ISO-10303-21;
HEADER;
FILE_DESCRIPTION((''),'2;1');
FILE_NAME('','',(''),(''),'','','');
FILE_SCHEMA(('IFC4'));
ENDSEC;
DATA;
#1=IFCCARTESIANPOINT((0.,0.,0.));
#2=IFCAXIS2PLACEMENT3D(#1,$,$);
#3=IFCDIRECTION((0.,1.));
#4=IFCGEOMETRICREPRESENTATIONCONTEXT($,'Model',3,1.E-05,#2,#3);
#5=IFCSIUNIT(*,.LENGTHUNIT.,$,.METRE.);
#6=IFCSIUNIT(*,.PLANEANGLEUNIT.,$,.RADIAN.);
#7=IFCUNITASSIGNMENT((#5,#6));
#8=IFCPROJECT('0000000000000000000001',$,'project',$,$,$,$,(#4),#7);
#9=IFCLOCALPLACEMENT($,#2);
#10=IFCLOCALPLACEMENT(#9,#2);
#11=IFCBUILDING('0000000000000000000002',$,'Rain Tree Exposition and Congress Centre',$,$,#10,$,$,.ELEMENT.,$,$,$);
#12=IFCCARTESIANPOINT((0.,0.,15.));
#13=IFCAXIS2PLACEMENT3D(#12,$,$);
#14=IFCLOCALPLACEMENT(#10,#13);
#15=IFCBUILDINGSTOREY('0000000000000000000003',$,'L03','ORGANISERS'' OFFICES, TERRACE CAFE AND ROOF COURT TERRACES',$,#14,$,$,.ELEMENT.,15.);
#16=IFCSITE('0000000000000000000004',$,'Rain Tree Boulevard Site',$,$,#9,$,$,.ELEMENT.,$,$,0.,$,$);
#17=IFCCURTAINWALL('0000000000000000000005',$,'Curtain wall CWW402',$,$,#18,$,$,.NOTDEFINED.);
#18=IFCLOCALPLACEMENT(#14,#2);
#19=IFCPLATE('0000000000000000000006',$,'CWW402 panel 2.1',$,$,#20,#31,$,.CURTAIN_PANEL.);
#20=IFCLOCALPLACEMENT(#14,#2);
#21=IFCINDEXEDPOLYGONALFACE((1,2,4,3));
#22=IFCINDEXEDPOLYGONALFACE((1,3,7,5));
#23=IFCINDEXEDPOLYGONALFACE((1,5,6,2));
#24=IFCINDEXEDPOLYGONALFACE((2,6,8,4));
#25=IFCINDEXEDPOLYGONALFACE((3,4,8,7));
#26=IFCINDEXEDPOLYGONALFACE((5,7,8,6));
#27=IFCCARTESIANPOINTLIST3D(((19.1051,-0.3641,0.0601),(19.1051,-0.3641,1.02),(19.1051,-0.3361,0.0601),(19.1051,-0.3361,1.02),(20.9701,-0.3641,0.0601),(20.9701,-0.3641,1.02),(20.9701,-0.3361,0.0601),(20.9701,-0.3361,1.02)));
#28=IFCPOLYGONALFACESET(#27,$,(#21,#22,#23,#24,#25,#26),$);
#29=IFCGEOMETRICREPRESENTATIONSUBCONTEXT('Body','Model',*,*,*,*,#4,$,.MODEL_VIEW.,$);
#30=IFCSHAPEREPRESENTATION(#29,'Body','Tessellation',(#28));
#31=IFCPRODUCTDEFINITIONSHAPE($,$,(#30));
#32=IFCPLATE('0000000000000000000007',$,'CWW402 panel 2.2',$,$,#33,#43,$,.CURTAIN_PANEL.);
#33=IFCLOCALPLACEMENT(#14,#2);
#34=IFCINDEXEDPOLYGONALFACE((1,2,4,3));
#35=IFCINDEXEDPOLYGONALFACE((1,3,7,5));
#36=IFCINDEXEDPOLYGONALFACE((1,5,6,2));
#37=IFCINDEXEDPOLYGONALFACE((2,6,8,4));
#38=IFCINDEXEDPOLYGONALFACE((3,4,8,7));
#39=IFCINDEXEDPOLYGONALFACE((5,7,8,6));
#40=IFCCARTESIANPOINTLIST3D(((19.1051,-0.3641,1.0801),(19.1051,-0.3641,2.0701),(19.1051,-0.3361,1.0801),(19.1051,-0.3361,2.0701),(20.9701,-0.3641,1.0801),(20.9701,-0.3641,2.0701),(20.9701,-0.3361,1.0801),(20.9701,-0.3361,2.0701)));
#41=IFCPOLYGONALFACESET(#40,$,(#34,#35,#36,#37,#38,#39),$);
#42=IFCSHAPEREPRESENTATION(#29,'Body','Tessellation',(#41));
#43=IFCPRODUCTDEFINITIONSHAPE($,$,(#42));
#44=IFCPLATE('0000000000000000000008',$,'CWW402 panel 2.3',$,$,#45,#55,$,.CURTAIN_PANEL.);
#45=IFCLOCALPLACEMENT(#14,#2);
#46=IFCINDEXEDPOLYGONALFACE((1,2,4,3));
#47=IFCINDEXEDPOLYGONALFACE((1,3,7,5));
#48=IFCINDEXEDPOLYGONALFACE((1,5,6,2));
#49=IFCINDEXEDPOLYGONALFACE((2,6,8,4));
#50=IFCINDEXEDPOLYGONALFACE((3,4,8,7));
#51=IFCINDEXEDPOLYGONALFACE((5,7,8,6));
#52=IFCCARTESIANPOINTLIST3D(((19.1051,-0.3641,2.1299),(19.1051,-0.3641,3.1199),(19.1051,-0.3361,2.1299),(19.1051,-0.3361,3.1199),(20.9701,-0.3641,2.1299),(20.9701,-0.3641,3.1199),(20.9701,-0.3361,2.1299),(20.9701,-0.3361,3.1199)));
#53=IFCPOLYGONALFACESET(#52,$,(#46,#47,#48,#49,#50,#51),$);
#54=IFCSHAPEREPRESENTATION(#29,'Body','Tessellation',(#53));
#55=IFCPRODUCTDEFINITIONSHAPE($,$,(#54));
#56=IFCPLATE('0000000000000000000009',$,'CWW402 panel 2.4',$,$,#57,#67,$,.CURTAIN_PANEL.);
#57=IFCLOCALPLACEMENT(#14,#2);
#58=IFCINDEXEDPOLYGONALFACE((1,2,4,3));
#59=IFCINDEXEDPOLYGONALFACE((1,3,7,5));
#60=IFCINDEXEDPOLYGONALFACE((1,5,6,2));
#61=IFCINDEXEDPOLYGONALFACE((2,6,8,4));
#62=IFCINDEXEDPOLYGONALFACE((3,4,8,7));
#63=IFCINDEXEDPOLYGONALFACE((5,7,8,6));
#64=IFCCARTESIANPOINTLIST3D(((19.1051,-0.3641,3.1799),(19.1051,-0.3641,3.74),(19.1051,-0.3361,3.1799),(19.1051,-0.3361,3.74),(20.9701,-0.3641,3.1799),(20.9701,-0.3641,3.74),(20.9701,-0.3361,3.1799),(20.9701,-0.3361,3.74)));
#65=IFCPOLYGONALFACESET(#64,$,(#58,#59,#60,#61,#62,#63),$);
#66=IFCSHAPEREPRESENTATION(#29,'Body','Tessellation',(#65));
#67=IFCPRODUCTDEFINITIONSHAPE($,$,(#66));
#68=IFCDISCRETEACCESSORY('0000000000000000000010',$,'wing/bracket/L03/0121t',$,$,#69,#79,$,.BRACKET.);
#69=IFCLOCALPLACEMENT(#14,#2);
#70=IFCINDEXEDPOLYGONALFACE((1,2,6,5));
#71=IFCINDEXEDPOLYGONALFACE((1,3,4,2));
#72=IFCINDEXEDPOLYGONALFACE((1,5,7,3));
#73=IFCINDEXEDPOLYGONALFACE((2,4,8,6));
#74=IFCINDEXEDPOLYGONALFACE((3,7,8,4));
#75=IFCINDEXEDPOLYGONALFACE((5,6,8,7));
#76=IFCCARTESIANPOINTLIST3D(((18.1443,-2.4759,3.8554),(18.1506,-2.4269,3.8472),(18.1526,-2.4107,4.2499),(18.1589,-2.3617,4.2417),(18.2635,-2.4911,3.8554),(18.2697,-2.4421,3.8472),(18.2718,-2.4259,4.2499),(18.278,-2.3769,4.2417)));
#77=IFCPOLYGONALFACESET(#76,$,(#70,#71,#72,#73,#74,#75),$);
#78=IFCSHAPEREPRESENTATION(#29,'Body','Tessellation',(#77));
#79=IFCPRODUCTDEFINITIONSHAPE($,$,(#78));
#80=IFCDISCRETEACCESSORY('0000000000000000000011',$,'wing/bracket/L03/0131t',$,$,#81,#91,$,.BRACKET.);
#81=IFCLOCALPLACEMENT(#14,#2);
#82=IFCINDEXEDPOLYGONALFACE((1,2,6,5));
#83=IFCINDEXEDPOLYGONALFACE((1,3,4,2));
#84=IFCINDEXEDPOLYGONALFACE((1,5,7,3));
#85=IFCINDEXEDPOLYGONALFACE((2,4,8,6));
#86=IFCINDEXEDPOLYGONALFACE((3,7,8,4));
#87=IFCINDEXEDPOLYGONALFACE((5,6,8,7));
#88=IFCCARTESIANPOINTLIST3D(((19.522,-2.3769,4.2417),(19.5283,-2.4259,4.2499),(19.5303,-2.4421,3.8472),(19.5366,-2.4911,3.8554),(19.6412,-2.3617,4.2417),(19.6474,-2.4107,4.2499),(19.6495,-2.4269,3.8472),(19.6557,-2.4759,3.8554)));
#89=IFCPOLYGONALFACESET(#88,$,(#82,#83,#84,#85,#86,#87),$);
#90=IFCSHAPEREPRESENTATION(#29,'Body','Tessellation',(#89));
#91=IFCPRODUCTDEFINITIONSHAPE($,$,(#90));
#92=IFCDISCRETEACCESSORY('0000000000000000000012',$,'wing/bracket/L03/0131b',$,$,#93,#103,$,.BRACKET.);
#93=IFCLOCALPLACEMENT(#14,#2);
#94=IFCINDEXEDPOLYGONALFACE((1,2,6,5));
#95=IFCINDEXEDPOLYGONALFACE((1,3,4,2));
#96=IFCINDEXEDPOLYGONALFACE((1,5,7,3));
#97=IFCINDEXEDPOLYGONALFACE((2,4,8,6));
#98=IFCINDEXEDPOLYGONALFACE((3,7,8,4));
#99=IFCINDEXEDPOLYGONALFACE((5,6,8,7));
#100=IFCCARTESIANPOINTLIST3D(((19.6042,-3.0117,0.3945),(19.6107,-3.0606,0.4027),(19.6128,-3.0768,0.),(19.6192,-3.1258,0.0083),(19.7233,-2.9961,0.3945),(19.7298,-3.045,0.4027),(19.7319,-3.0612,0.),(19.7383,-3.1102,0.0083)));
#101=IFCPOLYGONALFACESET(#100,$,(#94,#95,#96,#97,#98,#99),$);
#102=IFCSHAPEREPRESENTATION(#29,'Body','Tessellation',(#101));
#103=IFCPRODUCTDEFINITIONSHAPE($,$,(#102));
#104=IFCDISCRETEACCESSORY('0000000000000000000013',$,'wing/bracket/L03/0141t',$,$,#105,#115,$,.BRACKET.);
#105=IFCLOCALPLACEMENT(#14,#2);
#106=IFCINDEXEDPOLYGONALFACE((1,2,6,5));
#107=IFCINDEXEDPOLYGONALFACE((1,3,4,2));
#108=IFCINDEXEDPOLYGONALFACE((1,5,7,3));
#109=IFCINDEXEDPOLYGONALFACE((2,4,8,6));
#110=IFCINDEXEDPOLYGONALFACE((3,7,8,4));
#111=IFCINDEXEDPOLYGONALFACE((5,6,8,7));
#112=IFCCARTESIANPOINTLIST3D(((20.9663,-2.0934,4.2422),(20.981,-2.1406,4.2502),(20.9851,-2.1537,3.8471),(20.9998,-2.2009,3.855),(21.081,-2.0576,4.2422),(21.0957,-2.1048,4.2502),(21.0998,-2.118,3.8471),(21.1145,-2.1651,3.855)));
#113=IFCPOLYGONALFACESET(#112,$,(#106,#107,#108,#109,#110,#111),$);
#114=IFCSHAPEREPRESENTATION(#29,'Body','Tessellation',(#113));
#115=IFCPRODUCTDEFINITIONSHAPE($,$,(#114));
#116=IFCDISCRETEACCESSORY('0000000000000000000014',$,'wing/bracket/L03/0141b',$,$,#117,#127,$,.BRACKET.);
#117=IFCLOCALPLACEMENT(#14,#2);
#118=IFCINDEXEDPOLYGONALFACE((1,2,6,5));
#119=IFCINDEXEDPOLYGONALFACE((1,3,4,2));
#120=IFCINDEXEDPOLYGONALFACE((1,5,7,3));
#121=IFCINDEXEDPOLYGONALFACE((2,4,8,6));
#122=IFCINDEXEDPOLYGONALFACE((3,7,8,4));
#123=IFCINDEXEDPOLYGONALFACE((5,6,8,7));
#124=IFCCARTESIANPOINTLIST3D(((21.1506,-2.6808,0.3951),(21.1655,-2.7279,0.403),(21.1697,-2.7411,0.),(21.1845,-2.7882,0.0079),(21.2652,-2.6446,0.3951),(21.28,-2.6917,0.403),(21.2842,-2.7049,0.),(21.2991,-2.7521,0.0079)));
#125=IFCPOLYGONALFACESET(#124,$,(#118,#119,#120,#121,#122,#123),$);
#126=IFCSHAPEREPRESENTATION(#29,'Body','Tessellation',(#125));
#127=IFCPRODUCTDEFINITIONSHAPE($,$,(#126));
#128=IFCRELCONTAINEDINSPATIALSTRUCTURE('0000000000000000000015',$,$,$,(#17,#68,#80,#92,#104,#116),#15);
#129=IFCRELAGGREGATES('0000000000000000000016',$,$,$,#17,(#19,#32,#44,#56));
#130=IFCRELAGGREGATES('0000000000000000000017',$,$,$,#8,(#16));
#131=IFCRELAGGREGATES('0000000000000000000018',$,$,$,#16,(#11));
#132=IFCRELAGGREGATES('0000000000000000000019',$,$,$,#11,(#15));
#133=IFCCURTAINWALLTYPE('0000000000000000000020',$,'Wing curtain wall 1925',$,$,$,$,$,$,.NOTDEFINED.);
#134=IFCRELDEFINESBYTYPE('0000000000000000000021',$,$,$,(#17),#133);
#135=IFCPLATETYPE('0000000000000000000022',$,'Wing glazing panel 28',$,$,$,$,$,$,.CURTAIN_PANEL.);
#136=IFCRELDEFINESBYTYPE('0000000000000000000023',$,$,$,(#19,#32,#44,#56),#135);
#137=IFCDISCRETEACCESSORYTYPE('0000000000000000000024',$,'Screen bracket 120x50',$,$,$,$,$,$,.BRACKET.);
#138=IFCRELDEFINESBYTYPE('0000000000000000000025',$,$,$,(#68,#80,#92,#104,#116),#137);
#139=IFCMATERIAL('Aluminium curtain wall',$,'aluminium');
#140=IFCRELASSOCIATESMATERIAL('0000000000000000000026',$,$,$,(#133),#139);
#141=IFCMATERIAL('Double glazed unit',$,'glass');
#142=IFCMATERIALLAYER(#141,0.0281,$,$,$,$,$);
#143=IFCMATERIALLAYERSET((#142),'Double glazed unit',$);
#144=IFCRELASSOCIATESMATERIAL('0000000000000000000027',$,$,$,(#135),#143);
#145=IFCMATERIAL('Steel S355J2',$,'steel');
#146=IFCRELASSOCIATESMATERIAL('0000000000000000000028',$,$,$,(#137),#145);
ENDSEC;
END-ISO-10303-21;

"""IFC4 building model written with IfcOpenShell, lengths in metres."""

from ifc_helpers import new_model, si_unit, direction, frame, origin, origin_2d, place, context, subcontext, project, spatial, rectangle, extrude, material, layer, layer_set, material_profile, profile_set, type_object, element, aggregate, save


model = new_model("IFC4")

# Units and contexts
model_context = context("Model", 3, precision=1e-05, world=origin(), true_north=direction((0.0, 1.0)))
body_context = subcontext(model_context, "Body", "Model", "MODEL_VIEW")
ifc_project = project(units=[si_unit("LENGTHUNIT", "METRE"), si_unit("PLANEANGLEUNIT", "RADIAN")], contexts=[model_context])

# Site, building, storey
site_placement = place(None, origin())
site = spatial("IfcSite", under=ifc_project, at=site_placement, Name="Rain Tree Boulevard Site", CompositionType="ELEMENT", RefElevation=0.0)
building_placement = place(site_placement, origin())
building = spatial("IfcBuilding", under=site, at=building_placement, Name="Rain Tree Exposition and Congress Centre", CompositionType="ELEMENT")
storey_placement = place(building_placement, frame((0.0, 0.0, 15.0)))
storey = spatial("IfcBuildingStorey", under=building, at=storey_placement, Name="L03", Description="ORGANISERS' OFFICES, TERRACE CAFE AND ROOF COURT TERRACES", CompositionType="ELEMENT", Elevation=15.0)

# Curtain wall, plates
ifc_material_1 = material(Name="Aluminium curtain wall", Category="aluminium")
curtain_wall_type = type_object("IfcCurtainWallType", Name="Wing curtain wall 1925", PredefinedType="NOTDEFINED", material=ifc_material_1)
curtain_wall_placement = place(storey_placement, origin())
curtain_wall = element("IfcCurtainWall", 1, at=curtain_wall_placement, inside=storey, type_object=curtain_wall_type, Name="Curtain wall CWW402", PredefinedType="NOTDEFINED")
ifc_material_2 = material(Name="Double glazed unit", Category="glass")
ifc_layer_1 = layer(ifc_material_2, 0.0281)
ifc_layer_set_1 = layer_set([ifc_layer_1], Name="Double glazed unit")
plate_type = type_object("IfcPlateType", Name="Wing glazing panel 28", PredefinedType="CURTAIN_PANEL", material=ifc_layer_set_1)
plate_1_placement = place(storey_placement, frame((20.0376, -0.3501, 0.0601), z_axis=(0.0, 0.0, 1.0), x_axis=(1.0, 0.0, 0.0)))
plate_1 = element("IfcPlate", 2, at=plate_1_placement, type_object=plate_type, Name="CWW402 panel 2.1", PredefinedType="CURTAIN_PANEL", context=body_context, shape_type="SweptSolid", body=[
    extrude(rectangle(XDim=1.865, YDim=0.0281, at=origin_2d()), origin(), (0.0, 0.0, 1.0), 0.96),
])
plate_2_placement = place(storey_placement, frame((20.0376, -0.3501, 1.0801), z_axis=(0.0, 0.0, 1.0), x_axis=(1.0, 0.0, 0.0)))
plate_2 = element("IfcPlate", 3, at=plate_2_placement, type_object=plate_type, Name="CWW402 panel 2.2", PredefinedType="CURTAIN_PANEL", context=body_context, shape_type="SweptSolid", body=[
    extrude(rectangle(XDim=1.865, YDim=0.0281, at=origin_2d()), origin(), (0.0, 0.0, 1.0), 0.99),
])
plate_3_placement = place(storey_placement, frame((20.0376, -0.3501, 2.1299), z_axis=(0.0, 0.0, 1.0), x_axis=(1.0, 0.0, 0.0)))
plate_3 = element("IfcPlate", 4, at=plate_3_placement, type_object=plate_type, Name="CWW402 panel 2.3", PredefinedType="CURTAIN_PANEL", context=body_context, shape_type="SweptSolid", body=[
    extrude(rectangle(XDim=1.865, YDim=0.0281, at=origin_2d()), origin(), (0.0, 0.0, 1.0), 0.99),
])
plate_4_placement = place(storey_placement, frame((20.0376, -0.3501, 3.1799), z_axis=(0.0, 0.0, 1.0), x_axis=(1.0, 0.0, 0.0)))
plate_4 = element("IfcPlate", 5, at=plate_4_placement, type_object=plate_type, Name="CWW402 panel 2.4", PredefinedType="CURTAIN_PANEL", context=body_context, shape_type="SweptSolid", body=[
    extrude(rectangle(XDim=1.865, YDim=0.0281, at=origin_2d()), origin(), (0.0, 0.0, 1.0), 0.5601),
])
aggregate(curtain_wall, [plate_1, plate_2, plate_3, plate_4])

# Discrete accessories
ifc_material_3 = material(Name="Steel S355J2", Category="steel")
ifc_material_profile_1 = material_profile(ifc_material_3, rectangle(XDim=0.1201, YDim=0.05, at=origin_2d()), Name="Flat bar 120x50")
ifc_profile_set_1 = profile_set([ifc_material_profile_1], Name="Steel S355J2")
discrete_accessory_type = type_object("IfcDiscreteAccessoryType", Name="Screen bracket 120x50", PredefinedType="BRACKET", material=ifc_profile_set_1)
for number, where, z_axis, x_axis, name in (
    (6, (18.207, -2.459, 3.8513), (0.020754, 0.162978, 0.986411), (-0.991989, 0.126321, 0.0), "wing/bracket/L03/0121t"),
    (7, (19.593, -2.459, 3.8513), (-0.020754, 0.162978, 0.986411), (-0.991989, -0.126321, 0.0), "wing/bracket/L03/0131t"),
    (8, (19.6755, -3.0935, 0.0042), (-0.021364, 0.162976, 0.986399), (-0.991517, -0.129974, 0.0), "wing/bracket/L03/0131b"),
):
    element("IfcDiscreteAccessory", number, at=place(storey_placement, frame(where, z_axis=z_axis, x_axis=x_axis)), inside=storey, type_object=discrete_accessory_type, Name=name, PredefinedType="BRACKET", context=body_context, shape_type="SweptSolid", body=[
        extrude(rectangle(XDim=0.1201, YDim=0.05, at=origin_2d()), origin(), (0.0, 0.0, 1.0), 0.3999),
    ])
for number, where, z_axis, x_axis, name in (
    (9, (21.0498, -2.1594, 3.8511), (-0.046993, 0.150743, 0.987456), (-0.954686, -0.297615, 0.0), "wing/bracket/L03/0141t"),
    (10, (21.2344, -2.7466, 0.0039), (-0.047602, 0.150738, 0.987427), (-0.953583, -0.301131, 0.0), "wing/bracket/L03/0141b"),
):
    element("IfcDiscreteAccessory", number, at=place(storey_placement, frame(where, z_axis=z_axis, x_axis=x_axis)), inside=storey, type_object=discrete_accessory_type, Name=name, PredefinedType="BRACKET", context=body_context, shape_type="SweptSolid", body=[
        extrude(rectangle(XDim=0.1201, YDim=0.05, at=origin_2d()), origin(), (0.0, 0.0, 1.0), 0.4001),
    ])

save(model, "model.ifc")
